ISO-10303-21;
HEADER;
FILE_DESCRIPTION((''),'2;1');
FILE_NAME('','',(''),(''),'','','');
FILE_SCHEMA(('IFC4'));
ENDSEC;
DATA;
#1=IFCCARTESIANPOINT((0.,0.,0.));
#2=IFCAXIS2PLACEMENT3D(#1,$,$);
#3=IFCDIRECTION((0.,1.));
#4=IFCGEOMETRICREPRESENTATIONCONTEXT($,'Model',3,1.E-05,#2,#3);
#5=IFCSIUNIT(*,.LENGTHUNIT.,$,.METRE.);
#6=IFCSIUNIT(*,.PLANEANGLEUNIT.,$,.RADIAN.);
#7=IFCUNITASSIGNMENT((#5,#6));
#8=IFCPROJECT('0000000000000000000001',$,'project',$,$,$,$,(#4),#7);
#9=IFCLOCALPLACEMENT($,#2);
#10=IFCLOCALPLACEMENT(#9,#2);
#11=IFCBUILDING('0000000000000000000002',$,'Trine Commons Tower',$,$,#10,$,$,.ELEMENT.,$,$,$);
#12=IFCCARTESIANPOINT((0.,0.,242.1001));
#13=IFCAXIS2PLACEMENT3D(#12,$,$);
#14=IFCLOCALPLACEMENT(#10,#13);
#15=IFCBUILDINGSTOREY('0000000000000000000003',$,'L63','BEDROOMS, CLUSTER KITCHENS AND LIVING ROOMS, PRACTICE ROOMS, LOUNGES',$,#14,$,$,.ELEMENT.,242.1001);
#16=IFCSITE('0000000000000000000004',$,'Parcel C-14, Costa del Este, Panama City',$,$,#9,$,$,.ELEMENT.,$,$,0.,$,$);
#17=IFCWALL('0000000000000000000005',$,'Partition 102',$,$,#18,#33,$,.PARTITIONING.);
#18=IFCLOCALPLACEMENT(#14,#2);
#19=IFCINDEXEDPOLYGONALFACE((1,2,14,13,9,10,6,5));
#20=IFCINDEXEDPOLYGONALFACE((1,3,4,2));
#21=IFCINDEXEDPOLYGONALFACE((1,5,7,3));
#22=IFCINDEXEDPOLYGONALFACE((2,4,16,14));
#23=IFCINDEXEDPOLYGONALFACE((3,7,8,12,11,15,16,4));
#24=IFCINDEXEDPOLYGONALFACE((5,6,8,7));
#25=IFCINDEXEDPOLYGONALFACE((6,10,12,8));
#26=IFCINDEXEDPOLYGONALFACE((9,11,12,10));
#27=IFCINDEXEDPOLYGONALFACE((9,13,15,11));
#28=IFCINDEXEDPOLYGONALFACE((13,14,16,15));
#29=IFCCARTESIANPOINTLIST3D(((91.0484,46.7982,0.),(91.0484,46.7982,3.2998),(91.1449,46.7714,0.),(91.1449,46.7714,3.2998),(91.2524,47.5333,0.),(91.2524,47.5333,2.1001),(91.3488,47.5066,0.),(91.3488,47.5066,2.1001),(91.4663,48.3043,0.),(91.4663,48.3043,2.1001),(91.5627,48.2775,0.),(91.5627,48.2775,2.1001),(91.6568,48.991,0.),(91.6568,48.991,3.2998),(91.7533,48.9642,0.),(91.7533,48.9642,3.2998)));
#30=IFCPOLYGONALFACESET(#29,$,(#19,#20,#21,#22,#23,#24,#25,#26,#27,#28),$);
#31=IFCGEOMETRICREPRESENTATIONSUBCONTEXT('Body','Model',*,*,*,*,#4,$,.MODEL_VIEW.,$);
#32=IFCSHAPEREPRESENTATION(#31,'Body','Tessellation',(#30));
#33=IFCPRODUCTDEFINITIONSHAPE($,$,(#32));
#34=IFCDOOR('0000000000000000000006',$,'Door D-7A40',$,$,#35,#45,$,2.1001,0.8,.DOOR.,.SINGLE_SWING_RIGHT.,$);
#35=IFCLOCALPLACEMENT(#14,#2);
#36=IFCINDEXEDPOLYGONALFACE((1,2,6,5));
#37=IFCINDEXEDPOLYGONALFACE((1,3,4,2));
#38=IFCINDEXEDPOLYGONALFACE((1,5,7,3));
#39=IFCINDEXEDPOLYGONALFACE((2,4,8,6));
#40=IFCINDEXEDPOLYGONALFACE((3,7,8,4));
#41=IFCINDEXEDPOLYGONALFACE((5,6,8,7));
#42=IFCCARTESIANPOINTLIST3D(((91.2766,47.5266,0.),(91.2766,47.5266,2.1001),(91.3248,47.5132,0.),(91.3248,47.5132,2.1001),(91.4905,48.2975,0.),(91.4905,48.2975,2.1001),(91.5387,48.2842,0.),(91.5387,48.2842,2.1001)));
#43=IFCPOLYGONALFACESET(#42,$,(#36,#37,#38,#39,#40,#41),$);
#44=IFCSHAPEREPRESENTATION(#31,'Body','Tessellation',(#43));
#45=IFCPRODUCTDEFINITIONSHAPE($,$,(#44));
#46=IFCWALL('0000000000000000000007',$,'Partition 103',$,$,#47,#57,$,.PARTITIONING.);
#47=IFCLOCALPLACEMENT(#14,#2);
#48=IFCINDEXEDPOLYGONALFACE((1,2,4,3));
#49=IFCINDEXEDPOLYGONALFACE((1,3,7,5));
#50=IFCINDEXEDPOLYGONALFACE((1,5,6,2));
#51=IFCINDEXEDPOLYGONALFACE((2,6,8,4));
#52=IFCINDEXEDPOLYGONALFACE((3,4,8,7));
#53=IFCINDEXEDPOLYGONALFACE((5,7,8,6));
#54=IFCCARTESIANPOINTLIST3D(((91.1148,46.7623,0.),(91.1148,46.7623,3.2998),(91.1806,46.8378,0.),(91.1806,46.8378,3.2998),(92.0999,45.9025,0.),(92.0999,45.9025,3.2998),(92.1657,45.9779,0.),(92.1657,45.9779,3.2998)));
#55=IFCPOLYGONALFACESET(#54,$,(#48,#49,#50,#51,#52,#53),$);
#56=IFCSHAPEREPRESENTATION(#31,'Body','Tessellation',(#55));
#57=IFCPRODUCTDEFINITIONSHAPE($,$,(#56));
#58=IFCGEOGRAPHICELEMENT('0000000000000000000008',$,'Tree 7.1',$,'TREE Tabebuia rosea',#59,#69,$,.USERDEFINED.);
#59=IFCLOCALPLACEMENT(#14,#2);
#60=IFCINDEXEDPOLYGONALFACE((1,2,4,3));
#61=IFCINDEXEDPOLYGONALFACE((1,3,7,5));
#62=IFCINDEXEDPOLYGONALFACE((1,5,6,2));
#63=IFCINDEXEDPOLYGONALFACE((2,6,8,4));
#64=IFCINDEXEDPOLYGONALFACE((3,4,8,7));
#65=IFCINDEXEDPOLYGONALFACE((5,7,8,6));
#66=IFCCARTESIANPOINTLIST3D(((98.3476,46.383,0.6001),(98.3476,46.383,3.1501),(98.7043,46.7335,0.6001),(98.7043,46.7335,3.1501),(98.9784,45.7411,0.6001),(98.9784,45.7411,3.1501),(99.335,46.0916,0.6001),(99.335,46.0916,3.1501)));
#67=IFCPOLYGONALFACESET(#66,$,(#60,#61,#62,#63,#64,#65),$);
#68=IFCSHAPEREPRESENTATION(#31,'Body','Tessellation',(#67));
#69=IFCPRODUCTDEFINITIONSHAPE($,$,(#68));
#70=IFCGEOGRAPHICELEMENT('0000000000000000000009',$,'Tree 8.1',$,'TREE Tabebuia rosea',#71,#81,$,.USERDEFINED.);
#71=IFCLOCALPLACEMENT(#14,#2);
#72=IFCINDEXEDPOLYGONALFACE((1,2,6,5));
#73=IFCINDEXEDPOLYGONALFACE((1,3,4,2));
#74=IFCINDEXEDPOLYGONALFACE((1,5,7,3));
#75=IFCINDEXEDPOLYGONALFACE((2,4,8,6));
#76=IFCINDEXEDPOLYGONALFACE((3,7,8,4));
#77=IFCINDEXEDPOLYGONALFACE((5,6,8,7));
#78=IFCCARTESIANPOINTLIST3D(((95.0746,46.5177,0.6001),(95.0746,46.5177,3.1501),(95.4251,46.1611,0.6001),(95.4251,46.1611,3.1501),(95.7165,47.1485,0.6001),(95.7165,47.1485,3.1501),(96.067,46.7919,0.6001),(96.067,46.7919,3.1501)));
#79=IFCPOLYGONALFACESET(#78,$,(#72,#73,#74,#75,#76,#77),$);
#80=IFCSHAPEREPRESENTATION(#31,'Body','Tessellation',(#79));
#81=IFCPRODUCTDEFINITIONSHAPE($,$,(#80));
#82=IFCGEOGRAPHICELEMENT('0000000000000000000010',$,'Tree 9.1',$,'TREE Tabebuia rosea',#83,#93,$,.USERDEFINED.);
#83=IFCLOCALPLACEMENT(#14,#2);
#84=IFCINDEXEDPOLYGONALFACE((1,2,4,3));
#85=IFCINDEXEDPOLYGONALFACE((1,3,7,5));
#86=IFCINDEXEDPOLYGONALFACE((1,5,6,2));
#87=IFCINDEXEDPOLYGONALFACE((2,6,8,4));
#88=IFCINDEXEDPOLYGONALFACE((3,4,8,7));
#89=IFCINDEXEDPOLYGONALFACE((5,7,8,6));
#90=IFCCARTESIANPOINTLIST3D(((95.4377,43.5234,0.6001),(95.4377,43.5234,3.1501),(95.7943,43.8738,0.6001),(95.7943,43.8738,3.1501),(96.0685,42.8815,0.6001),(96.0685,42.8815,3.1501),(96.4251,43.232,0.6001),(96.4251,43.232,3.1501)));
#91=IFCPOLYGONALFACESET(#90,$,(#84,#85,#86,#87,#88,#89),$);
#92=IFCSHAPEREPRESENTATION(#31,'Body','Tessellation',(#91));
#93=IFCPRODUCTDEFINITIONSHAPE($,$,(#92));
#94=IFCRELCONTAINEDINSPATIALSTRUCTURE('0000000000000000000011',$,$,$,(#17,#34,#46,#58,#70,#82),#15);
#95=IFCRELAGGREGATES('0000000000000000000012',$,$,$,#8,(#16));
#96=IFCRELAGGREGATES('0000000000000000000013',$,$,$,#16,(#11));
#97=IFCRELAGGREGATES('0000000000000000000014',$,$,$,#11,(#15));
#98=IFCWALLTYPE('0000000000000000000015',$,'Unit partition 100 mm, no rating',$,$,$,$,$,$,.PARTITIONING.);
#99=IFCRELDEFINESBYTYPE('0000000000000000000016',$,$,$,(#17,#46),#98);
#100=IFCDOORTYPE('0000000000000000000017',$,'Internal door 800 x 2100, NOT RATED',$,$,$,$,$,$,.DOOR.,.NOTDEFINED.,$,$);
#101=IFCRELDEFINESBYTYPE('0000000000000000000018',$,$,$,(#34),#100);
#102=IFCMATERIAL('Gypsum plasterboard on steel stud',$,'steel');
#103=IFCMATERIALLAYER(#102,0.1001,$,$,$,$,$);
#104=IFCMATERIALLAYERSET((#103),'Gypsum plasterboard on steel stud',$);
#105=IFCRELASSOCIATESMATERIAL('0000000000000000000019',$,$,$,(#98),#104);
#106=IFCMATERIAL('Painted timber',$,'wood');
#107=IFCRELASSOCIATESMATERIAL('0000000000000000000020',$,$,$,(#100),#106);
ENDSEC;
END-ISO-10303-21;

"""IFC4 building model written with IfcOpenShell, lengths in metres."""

from ifc_helpers import new_model, si_unit, direction, frame, frame_2d, origin, origin_2d, place, context, subcontext, project, spatial, rectangle, extrude, material, layer, layer_set, type_object, element, fill, save


model = new_model("IFC4")

# Units and contexts
model_context = context("Model", 3, precision=1e-05, world=origin(), true_north=direction((0.0, 1.0)))
body_context = subcontext(model_context, "Body", "Model", "MODEL_VIEW")
ifc_project = project(units=[si_unit("LENGTHUNIT", "METRE"), si_unit("PLANEANGLEUNIT", "RADIAN")], contexts=[model_context])

# Site, building, storey
site_placement = place(None, origin())
site = spatial("IfcSite", under=ifc_project, at=site_placement, Name="Parcel C-14, Costa del Este, Panama City", CompositionType="ELEMENT", RefElevation=0.0)
building_placement = place(site_placement, origin())
building = spatial("IfcBuilding", under=site, at=building_placement, Name="Trine Commons Tower", CompositionType="ELEMENT")
storey_placement = place(building_placement, frame((0.0, 0.0, 242.1001)))
storey = spatial("IfcBuildingStorey", under=building, at=storey_placement, Name="L63", Description="BEDROOMS, CLUSTER KITCHENS AND LIVING ROOMS, PRACTICE ROOMS, LOUNGES", CompositionType="ELEMENT", Elevation=242.1001)

# Shared definitions
ifc_material_1 = material(Name="Gypsum plasterboard on steel stud", Category="steel")

# Wall, opening, door
ifc_layer_1 = layer(ifc_material_1, 0.1001)
ifc_layer_set_1 = layer_set([ifc_layer_1], Name="Gypsum plasterboard on steel stud")
wall_type_1 = type_object("IfcWallType", Name="Unit partition 100 mm, no rating", PredefinedType="PARTITIONING", material=ifc_layer_set_1)
wall_1_placement = place(storey_placement, frame((91.0967, 46.7849, 0.0), z_axis=(0.0, 0.0, 1.0), x_axis=(0.267345, 0.963601, 0.0)))
wall_1 = element("IfcWall", 1, at=wall_1_placement, inside=storey, type_object=wall_type_1, Name="Partition 102", PredefinedType="PARTITIONING", context=body_context, shape_type="SweptSolid", body=[
    extrude(rectangle(XDim=2.2756, YDim=0.1001, at=frame_2d((1.1377, 0.0))), origin(), (0.0, 0.0, 1.0), 3.2998),
])
opening_1_placement = place(wall_1_placement, frame((0.7629, 0.0, 0.0)))
opening_1 = element("IfcOpeningElement", 2, at=opening_1_placement, cuts=wall_1, PredefinedType="OPENING", context=body_context, shape_type="SweptSolid", body=[
    extrude(rectangle(XDim=0.8, YDim=2.1001, at=frame_2d((0.3999, 1.05))), frame((0.0, 0.0601, 0.0), z_axis=(0.0, -1.0, 0.0), x_axis=(1.0, 0.0, 0.0)), (0.0, 0.0, 1.0), 0.1201),
])
ifc_material_2 = material(Name="Painted timber", Category="wood")
door_type_1 = type_object("IfcDoorType", Name="Internal door 800 x 2100, NOT RATED", OperationType="NOTDEFINED", PredefinedType="DOOR", material=ifc_material_2)
door_1_placement = place(opening_1_placement, origin())
door_1 = element("IfcDoor", 3, at=door_1_placement, inside=storey, type_object=door_type_1, Name="Door D-7A40", OperationType="SINGLE_SWING_RIGHT", OverallHeight=2.1001, OverallWidth=0.8, PredefinedType="DOOR", context=body_context, shape_type="SweptSolid", body=[
    extrude(rectangle(XDim=0.8, YDim=2.1001, at=frame_2d((0.3999, 1.05))), frame((0.0, 0.0249, 0.0), z_axis=(0.0, -1.0, 0.0), x_axis=(1.0, 0.0, 0.0)), (0.0, 0.0, 1.0), 0.05),
])
fill(opening_1, door_1)

# Wall
wall_2_placement = place(storey_placement, frame((91.1477, 46.8, 0.0), z_axis=(0.0, 0.0, 1.0), x_axis=(0.753374, -0.657592, 0.0)))
element("IfcWall", 4, at=wall_2_placement, inside=storey, type_object=wall_type_1, Name="Partition 103", PredefinedType="PARTITIONING", context=body_context, shape_type="SweptSolid", body=[
    extrude(rectangle(XDim=1.3076, YDim=0.1001, at=frame_2d((0.6538, 0.0))), origin(), (0.0, 0.0, 1.0), 3.2998),
])

# Geographic elements
for number, where, z_axis, x_axis, name in (
    (5, (98.8413, 46.2373, 0.6001), (0.0, 0.0, 1.0), (-0.700898, 0.713261, 0.0), "Tree 7.1"),
    (6, (95.5708, 46.6548, 0.6001), (0.0, 0.0, 1.0), (-0.713239, -0.70092, 0.0), "Tree 8.1"),
    (7, (95.9314, 43.3777, 0.6001), (0.0, 0.0, 1.0), (0.700898, -0.713261, 0.0), "Tree 9.1"),
):
    element("IfcGeographicElement", number, at=place(storey_placement, frame(where, z_axis=z_axis, x_axis=x_axis)), inside=storey, Name=name, ObjectType="TREE Tabebuia rosea", PredefinedType="USERDEFINED", context=body_context, shape_type="SweptSolid", body=[
        extrude(rectangle(XDim=0.8999, YDim=0.5, at=origin_2d()), origin(), (0.0, 0.0, 1.0), 2.55),
    ])

save(model, "model.ifc")
